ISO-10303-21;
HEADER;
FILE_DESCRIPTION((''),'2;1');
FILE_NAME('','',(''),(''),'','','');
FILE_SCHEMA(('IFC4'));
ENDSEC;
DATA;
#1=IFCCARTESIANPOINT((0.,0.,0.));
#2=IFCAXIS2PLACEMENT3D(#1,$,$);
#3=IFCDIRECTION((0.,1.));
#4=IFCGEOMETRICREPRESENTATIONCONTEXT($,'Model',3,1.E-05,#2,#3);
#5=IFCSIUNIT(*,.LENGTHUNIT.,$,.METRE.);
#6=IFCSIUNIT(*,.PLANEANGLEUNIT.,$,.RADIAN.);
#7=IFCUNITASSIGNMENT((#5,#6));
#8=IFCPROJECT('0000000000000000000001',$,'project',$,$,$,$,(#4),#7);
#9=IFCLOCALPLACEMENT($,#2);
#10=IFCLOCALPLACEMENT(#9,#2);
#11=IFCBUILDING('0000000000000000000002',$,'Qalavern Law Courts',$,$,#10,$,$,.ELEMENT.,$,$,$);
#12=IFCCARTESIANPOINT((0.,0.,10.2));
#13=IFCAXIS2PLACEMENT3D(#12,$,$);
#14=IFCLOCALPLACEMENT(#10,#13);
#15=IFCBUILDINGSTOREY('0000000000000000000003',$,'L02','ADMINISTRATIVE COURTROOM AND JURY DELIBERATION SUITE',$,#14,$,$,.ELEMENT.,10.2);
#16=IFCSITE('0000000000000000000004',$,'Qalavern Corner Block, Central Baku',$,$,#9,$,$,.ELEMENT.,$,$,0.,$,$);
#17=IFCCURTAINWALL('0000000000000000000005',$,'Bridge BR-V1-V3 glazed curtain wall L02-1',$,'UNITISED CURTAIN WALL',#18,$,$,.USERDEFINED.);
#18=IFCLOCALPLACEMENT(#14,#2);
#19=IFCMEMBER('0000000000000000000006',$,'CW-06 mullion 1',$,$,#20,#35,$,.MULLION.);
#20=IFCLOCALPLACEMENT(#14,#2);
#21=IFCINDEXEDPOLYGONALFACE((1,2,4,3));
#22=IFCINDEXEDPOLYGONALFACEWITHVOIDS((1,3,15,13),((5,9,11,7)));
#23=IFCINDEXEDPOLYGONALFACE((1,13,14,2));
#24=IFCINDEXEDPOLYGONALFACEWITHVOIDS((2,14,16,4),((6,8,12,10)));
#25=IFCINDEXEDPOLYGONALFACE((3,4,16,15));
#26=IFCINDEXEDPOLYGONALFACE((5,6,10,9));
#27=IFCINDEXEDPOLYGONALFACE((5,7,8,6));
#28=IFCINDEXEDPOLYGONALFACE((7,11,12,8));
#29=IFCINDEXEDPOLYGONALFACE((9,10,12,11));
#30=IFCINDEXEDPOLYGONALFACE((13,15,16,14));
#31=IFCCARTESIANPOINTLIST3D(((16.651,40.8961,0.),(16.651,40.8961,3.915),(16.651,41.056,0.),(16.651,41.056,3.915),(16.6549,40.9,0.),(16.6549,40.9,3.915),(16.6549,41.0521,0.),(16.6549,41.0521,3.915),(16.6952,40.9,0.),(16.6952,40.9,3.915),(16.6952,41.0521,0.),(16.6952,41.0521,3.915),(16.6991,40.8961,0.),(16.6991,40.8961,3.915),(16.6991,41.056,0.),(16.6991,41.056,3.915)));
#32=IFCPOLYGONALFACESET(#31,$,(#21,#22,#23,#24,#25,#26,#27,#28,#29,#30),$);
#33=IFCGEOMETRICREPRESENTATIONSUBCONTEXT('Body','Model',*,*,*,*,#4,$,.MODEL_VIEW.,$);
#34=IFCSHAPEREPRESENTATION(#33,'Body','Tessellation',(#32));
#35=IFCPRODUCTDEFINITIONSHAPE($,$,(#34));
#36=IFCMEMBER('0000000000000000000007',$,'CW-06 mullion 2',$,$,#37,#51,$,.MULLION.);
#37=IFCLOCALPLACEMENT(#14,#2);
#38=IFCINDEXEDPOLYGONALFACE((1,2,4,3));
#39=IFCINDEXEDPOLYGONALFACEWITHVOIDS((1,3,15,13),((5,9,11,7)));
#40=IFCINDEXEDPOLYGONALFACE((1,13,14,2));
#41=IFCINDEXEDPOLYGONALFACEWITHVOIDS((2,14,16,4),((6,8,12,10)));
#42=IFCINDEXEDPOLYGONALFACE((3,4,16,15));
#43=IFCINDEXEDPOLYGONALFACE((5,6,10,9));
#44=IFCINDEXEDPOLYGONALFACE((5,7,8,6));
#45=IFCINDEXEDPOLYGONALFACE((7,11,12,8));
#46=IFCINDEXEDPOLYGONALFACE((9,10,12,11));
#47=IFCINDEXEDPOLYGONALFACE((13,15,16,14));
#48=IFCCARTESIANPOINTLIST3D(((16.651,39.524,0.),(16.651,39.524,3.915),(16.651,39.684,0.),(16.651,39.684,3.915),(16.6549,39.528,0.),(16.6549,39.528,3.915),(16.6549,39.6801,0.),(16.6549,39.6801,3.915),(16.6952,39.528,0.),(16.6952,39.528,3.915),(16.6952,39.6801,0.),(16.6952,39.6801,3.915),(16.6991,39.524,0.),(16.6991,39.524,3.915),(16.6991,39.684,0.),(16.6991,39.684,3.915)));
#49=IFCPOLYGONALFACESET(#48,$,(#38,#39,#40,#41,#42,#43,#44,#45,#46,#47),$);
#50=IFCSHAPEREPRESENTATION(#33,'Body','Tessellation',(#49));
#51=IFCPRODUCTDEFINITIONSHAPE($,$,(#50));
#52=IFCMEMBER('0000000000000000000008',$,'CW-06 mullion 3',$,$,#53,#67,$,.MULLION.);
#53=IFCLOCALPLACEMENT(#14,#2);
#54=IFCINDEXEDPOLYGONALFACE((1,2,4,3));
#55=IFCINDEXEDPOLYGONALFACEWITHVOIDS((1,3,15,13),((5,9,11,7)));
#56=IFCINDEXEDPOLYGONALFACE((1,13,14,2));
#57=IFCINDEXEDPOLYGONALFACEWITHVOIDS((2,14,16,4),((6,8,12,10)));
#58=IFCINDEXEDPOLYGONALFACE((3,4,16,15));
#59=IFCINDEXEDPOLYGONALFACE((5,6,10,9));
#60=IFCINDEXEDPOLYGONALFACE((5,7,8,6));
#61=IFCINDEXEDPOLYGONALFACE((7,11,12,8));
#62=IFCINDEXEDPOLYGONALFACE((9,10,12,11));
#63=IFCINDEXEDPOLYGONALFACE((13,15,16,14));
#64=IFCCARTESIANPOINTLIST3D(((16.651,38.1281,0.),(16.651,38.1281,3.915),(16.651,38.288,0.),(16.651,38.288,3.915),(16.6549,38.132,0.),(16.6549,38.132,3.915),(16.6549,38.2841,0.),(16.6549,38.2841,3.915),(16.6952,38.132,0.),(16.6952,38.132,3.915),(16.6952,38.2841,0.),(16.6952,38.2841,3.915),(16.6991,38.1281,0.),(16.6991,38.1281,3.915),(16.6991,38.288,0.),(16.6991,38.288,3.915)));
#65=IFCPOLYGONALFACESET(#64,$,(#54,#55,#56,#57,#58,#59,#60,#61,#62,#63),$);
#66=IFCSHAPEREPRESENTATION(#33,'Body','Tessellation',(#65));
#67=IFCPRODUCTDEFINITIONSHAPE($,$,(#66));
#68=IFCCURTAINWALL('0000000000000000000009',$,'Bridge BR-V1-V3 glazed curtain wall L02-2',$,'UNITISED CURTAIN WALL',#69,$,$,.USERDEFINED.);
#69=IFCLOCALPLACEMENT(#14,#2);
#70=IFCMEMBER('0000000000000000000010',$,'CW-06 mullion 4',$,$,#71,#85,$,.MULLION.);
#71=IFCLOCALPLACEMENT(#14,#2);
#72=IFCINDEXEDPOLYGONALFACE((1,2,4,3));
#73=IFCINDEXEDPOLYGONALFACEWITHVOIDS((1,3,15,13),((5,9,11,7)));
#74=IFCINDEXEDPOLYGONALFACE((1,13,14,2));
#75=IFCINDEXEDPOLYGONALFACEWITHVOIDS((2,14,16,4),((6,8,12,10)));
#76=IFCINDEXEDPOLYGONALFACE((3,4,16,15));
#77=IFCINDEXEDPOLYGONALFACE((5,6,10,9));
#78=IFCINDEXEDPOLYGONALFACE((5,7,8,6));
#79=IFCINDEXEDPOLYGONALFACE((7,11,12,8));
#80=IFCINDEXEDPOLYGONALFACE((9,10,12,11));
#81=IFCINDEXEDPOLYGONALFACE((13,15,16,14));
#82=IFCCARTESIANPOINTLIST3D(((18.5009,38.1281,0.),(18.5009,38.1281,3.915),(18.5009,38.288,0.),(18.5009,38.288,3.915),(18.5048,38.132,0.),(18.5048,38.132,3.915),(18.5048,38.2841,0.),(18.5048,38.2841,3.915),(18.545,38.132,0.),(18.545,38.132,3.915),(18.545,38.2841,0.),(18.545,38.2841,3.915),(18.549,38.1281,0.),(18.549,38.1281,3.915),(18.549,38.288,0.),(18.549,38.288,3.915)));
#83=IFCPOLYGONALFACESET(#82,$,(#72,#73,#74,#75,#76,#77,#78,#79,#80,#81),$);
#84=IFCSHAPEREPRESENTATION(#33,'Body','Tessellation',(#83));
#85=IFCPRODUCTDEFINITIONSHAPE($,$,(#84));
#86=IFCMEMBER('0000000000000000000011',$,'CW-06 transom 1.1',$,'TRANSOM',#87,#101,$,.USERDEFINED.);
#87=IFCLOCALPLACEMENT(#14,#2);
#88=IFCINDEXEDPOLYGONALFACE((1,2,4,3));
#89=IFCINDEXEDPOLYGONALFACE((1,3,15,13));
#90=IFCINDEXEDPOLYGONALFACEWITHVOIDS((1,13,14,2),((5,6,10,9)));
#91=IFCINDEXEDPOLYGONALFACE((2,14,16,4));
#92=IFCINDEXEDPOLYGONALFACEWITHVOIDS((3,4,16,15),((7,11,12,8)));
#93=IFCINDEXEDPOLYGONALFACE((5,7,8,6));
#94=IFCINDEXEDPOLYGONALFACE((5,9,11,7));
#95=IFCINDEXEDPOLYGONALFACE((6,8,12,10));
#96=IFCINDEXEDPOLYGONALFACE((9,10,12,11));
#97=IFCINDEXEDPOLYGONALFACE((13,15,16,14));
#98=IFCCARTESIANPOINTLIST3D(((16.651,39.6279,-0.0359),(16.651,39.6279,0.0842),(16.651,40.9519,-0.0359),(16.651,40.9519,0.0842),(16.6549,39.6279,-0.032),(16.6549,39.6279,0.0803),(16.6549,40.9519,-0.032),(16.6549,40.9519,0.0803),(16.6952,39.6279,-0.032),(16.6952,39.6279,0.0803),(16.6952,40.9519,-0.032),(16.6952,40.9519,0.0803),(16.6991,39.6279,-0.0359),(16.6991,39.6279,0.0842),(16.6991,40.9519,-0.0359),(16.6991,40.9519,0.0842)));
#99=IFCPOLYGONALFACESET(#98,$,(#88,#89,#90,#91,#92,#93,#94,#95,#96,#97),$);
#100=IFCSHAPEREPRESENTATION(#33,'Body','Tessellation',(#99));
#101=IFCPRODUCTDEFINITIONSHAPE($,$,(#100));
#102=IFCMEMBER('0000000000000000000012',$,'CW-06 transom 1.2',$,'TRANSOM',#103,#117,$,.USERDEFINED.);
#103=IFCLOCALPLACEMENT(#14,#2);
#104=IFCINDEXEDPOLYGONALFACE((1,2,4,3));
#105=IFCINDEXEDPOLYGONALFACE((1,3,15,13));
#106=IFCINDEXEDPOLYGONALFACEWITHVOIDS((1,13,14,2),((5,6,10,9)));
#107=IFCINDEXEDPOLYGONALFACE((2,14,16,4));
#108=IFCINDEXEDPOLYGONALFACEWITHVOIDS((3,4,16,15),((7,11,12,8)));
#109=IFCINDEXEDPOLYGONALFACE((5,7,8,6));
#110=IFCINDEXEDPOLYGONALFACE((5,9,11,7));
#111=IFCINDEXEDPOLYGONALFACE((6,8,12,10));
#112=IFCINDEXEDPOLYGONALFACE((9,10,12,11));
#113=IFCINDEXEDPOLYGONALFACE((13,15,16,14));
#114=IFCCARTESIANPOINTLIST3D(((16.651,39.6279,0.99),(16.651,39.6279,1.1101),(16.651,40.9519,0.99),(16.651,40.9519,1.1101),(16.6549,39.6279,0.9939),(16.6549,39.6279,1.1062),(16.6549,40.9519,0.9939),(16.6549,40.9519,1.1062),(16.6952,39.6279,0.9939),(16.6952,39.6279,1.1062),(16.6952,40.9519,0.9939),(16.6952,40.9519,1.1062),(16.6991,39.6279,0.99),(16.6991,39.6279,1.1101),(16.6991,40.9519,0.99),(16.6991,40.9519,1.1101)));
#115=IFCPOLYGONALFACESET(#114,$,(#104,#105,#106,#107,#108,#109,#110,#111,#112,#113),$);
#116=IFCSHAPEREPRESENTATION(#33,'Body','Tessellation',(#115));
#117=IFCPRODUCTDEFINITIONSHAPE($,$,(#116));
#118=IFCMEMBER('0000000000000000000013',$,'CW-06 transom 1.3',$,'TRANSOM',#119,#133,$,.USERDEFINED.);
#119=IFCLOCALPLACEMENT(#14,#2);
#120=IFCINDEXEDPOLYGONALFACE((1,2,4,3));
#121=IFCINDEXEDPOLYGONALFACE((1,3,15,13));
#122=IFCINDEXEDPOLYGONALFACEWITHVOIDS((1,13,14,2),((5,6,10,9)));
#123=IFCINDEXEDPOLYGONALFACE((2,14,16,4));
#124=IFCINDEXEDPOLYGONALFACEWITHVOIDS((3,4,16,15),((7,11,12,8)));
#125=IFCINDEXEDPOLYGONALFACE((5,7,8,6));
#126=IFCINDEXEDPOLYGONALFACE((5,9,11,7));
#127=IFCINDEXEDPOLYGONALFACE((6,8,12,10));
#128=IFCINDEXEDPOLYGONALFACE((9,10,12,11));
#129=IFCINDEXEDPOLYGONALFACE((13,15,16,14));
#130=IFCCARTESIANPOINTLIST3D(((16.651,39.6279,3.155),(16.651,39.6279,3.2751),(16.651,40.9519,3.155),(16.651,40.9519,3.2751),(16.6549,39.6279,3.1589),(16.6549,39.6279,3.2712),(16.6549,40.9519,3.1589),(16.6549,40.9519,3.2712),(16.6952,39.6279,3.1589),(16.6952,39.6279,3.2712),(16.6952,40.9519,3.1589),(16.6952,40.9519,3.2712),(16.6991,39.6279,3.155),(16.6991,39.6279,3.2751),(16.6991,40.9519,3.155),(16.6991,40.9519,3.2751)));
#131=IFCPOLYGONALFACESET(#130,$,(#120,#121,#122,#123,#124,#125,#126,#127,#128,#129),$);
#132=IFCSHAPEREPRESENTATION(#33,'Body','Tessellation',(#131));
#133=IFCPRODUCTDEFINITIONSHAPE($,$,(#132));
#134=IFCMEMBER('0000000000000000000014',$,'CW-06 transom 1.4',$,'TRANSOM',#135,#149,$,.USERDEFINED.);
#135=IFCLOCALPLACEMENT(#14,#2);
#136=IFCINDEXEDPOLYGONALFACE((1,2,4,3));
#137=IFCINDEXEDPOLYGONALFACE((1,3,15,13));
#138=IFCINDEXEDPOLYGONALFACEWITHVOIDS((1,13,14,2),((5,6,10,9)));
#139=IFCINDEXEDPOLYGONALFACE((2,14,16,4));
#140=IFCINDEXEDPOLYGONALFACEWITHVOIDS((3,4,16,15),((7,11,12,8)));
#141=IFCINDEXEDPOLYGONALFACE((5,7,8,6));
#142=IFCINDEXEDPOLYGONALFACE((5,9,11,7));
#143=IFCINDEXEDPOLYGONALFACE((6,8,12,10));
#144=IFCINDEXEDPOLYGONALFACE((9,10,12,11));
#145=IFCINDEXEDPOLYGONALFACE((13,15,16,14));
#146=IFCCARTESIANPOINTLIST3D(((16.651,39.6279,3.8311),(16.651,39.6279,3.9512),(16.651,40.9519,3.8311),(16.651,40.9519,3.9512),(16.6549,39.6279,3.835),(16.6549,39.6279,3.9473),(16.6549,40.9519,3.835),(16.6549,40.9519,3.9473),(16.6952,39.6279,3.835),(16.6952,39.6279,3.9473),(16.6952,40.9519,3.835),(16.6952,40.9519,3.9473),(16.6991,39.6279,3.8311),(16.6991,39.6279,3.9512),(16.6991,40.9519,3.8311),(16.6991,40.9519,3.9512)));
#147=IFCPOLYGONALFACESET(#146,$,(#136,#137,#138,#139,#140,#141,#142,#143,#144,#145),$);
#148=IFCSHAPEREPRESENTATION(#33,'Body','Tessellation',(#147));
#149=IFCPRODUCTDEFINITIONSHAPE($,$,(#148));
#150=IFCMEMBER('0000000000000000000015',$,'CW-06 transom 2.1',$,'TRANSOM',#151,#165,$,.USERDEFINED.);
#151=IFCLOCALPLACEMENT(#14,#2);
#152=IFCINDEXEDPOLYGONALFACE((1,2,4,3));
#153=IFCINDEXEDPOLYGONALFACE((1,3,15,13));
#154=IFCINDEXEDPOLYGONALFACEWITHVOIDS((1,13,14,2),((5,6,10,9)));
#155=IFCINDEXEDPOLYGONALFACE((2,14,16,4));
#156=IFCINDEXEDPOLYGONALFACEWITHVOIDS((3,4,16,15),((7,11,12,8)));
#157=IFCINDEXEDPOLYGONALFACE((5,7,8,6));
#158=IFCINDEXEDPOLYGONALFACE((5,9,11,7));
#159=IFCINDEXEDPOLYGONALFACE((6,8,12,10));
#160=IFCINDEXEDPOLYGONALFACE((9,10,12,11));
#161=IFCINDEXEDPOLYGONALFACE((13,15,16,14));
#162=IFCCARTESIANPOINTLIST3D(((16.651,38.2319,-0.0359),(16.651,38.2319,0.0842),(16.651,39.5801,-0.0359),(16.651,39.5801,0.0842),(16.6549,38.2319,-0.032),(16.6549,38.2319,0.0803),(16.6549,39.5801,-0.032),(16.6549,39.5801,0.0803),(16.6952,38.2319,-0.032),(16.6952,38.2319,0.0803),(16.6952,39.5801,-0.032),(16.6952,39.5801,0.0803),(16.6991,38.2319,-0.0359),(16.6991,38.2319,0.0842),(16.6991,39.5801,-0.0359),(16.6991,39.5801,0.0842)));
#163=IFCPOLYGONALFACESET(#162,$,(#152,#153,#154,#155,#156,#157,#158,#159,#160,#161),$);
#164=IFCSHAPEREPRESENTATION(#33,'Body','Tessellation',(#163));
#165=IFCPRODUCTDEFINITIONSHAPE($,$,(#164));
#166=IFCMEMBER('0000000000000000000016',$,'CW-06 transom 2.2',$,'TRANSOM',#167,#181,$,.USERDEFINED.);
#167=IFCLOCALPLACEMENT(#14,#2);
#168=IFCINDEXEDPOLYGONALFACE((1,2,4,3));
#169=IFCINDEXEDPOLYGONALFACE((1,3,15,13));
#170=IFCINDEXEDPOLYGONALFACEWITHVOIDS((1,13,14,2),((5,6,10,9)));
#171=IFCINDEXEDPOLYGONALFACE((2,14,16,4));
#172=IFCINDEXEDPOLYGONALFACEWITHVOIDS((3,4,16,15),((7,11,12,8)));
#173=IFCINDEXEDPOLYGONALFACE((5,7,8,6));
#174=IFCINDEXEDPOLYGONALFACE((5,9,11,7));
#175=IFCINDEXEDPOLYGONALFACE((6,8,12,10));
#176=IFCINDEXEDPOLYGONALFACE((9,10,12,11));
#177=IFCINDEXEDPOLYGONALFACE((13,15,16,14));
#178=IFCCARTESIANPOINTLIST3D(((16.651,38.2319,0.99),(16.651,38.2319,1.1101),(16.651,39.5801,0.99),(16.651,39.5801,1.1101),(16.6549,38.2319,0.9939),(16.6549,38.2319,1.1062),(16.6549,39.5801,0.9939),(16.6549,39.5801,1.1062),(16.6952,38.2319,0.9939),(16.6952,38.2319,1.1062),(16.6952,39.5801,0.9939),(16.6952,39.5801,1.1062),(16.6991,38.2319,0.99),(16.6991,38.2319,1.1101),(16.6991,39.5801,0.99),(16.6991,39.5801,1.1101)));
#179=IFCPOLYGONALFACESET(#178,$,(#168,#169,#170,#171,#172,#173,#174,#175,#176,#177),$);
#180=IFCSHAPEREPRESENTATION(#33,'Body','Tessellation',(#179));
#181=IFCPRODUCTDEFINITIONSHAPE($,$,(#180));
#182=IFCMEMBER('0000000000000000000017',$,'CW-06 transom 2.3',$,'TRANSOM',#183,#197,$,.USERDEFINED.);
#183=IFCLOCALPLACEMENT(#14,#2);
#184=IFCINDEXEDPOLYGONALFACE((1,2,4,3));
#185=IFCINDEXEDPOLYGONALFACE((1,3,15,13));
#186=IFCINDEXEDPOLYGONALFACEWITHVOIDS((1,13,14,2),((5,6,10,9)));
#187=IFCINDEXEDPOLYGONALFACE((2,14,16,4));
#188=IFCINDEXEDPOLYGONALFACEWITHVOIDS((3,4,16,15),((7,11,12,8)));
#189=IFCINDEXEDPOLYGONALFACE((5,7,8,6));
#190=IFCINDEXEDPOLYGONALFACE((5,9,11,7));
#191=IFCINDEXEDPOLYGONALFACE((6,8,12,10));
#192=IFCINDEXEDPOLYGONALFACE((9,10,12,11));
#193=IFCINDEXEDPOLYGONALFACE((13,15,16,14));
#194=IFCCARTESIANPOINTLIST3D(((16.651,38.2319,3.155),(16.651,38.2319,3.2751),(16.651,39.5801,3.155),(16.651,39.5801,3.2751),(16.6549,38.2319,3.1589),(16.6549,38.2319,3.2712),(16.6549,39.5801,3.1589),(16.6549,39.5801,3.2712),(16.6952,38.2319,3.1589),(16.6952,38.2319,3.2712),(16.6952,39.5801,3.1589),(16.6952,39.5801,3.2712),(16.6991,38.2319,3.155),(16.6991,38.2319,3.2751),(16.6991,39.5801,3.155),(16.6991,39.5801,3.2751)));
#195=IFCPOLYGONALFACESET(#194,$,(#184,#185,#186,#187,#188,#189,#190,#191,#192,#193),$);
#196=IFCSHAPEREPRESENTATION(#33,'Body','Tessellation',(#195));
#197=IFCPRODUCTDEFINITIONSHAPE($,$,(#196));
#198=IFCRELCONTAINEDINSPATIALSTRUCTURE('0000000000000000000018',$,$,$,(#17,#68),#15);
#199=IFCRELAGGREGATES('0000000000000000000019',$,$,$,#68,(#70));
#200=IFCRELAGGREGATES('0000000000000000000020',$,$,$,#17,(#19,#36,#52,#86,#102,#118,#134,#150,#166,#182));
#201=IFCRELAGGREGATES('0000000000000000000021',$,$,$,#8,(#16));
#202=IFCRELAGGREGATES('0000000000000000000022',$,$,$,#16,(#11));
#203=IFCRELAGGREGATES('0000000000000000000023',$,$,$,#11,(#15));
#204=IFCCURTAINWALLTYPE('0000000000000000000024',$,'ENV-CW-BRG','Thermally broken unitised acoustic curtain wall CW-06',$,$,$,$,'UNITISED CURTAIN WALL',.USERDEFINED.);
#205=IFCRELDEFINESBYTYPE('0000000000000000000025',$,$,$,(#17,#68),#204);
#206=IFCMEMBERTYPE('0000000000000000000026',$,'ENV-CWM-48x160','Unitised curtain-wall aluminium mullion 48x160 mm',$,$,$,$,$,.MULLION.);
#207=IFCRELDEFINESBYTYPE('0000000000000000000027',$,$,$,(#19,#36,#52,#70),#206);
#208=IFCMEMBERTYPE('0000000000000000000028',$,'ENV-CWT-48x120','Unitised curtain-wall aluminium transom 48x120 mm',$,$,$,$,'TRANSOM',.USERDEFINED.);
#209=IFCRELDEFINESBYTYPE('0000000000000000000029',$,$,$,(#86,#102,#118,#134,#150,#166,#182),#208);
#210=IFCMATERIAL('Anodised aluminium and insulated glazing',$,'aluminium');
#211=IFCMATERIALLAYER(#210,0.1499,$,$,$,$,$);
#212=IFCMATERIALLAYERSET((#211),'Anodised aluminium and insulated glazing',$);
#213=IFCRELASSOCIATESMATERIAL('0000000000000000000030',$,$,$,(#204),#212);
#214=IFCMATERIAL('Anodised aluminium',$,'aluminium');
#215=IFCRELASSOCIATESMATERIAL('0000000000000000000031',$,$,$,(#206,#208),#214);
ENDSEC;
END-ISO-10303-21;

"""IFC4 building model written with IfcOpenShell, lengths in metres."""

from ifc_helpers import new_model, si_unit, direction, frame, origin, origin_2d, place, context, subcontext, project, spatial, hollow_rectangle, extrude, material, layer, layer_set, material_profile, profile_set, type_object, element, aggregate, save


model = new_model("IFC4")

# Units and contexts
model_context = context("Model", 3, precision=1e-05, world=origin(), true_north=direction((0.0, 1.0)))
body_context = subcontext(model_context, "Body", "Model", "MODEL_VIEW")
ifc_project = project(units=[si_unit("LENGTHUNIT", "METRE"), si_unit("PLANEANGLEUNIT", "RADIAN")], contexts=[model_context])

# Site, building, storey
site_placement = place(None, origin())
site = spatial("IfcSite", under=ifc_project, at=site_placement, Name="Qalavern Corner Block, Central Baku", CompositionType="ELEMENT", RefElevation=0.0)
building_placement = place(site_placement, origin())
building = spatial("IfcBuilding", under=site, at=building_placement, Name="Qalavern Law Courts", CompositionType="ELEMENT")
storey_placement = place(building_placement, frame((0.0, 0.0, 10.2)))
storey = spatial("IfcBuildingStorey", under=building, at=storey_placement, Name="L02", Description="ADMINISTRATIVE COURTROOM AND JURY DELIBERATION SUITE", CompositionType="ELEMENT", Elevation=10.2)

# Curtain wall, members
ifc_material_1 = material(Name="Anodised aluminium and insulated glazing", Category="aluminium")
ifc_layer_1 = layer(ifc_material_1, 0.1499)
ifc_layer_set_1 = layer_set([ifc_layer_1], Name="Anodised aluminium and insulated glazing")
curtain_wall_type = type_object("IfcCurtainWallType", Name="ENV-CW-BRG", Description="Thermally broken unitised acoustic curtain wall CW-06", ElementType="UNITISED CURTAIN WALL", PredefinedType="USERDEFINED", material=ifc_layer_set_1)
curtain_wall_1_placement = place(storey_placement, origin())
curtain_wall_1 = element("IfcCurtainWall", 1, at=curtain_wall_1_placement, inside=storey, type_object=curtain_wall_type, Name="Bridge BR-V1-V3 glazed curtain wall L02-1", ObjectType="UNITISED CURTAIN WALL", PredefinedType="USERDEFINED")
ifc_material_2 = material(Name="Anodised aluminium", Category="aluminium")
ifc_material_profile_1 = material_profile(ifc_material_2, hollow_rectangle(XDim=0.0481, YDim=0.1599, WallThickness=0.0039, at=origin_2d()), Name="ALU MULLION 48x160")
ifc_profile_set_1 = profile_set([ifc_material_profile_1], Name="Anodised aluminium")
member_type_1 = type_object("IfcMemberType", Name="ENV-CWM-48x160", Description="Unitised curtain-wall aluminium mullion 48x160 mm", PredefinedType="MULLION", material=ifc_profile_set_1)
member_1_placement = place(storey_placement, frame((16.675, 40.9761, 0.0), z_axis=(0.0, 0.0, 1.0), x_axis=(1.0, 0.0, 0.0)))
member_1 = element("IfcMember", 2, at=member_1_placement, type_object=member_type_1, Name="CW-06 mullion 1", PredefinedType="MULLION", context=body_context, shape_type="SweptSolid", body=[
    extrude(hollow_rectangle(XDim=0.0481, YDim=0.1599, WallThickness=0.0039, at=origin_2d()), origin(), (0.0, 0.0, 1.0), 3.915),
])
member_2_placement = place(storey_placement, frame((16.675, 39.604, 0.0), z_axis=(0.0, 0.0, 1.0), x_axis=(1.0, 0.0, 0.0)))
member_2 = element("IfcMember", 3, at=member_2_placement, type_object=member_type_1, Name="CW-06 mullion 2", PredefinedType="MULLION", context=body_context, shape_type="SweptSolid", body=[
    extrude(hollow_rectangle(XDim=0.0481, YDim=0.1599, WallThickness=0.0039, at=origin_2d()), origin(), (0.0, 0.0, 1.0), 3.915),
])
member_3_placement = place(storey_placement, frame((16.675, 38.208, 0.0), z_axis=(0.0, 0.0, 1.0), x_axis=(1.0, 0.0, 0.0)))
member_3 = element("IfcMember", 4, at=member_3_placement, type_object=member_type_1, Name="CW-06 mullion 3", PredefinedType="MULLION", context=body_context, shape_type="SweptSolid", body=[
    extrude(hollow_rectangle(XDim=0.0481, YDim=0.1599, WallThickness=0.0039, at=origin_2d()), origin(), (0.0, 0.0, 1.0), 3.915),
])

# Curtain wall, member
curtain_wall_2_placement = place(storey_placement, origin())
curtain_wall_2 = element("IfcCurtainWall", 5, at=curtain_wall_2_placement, inside=storey, type_object=curtain_wall_type, Name="Bridge BR-V1-V3 glazed curtain wall L02-2", ObjectType="UNITISED CURTAIN WALL", PredefinedType="USERDEFINED")
member_4_placement = place(storey_placement, frame((18.5249, 38.208, 0.0), z_axis=(0.0, 0.0, 1.0), x_axis=(-1.0, 0.0, 0.0)))
member_4 = element("IfcMember", 6, at=member_4_placement, type_object=member_type_1, Name="CW-06 mullion 4", PredefinedType="MULLION", context=body_context, shape_type="SweptSolid", body=[
    extrude(hollow_rectangle(XDim=0.0481, YDim=0.1599, WallThickness=0.0039, at=origin_2d()), origin(), (0.0, 0.0, 1.0), 3.915),
])

# Members
ifc_material_profile_2 = material_profile(ifc_material_2, hollow_rectangle(XDim=0.0481, YDim=0.1201, WallThickness=0.0039, at=origin_2d()), Name="ALU TRANSOM 48x120")
ifc_profile_set_2 = profile_set([ifc_material_profile_2], Name="Anodised aluminium")
member_type_2 = type_object("IfcMemberType", Name="ENV-CWT-48x120", Description="Unitised curtain-wall aluminium transom 48x120 mm", ElementType="TRANSOM", PredefinedType="USERDEFINED", material=ifc_profile_set_2)
member_5_placement = place(storey_placement, frame((16.675, 40.9519, 0.0242), z_axis=(0.0, -1.0, 0.0), x_axis=(1.0, 0.0, 0.0)))
member_5 = element("IfcMember", 7, at=member_5_placement, type_object=member_type_2, Name="CW-06 transom 1.1", ObjectType="TRANSOM", PredefinedType="USERDEFINED", context=body_context, shape_type="SweptSolid", body=[
    extrude(hollow_rectangle(XDim=0.0481, YDim=0.1201, WallThickness=0.0039, at=origin_2d()), origin(), (0.0, 0.0, 1.0), 1.324),
])
member_6_placement = place(storey_placement, frame((16.675, 40.9519, 1.05), z_axis=(0.0, -1.0, 0.0), x_axis=(1.0, 0.0, 0.0)))
member_6 = element("IfcMember", 8, at=member_6_placement, type_object=member_type_2, Name="CW-06 transom 1.2", ObjectType="TRANSOM", PredefinedType="USERDEFINED", context=body_context, shape_type="SweptSolid", body=[
    extrude(hollow_rectangle(XDim=0.0481, YDim=0.1201, WallThickness=0.0039, at=origin_2d()), origin(), (0.0, 0.0, 1.0), 1.324),
])
member_7_placement = place(storey_placement, frame((16.675, 40.9519, 3.2151), z_axis=(0.0, -1.0, 0.0), x_axis=(1.0, 0.0, 0.0)))
member_7 = element("IfcMember", 9, at=member_7_placement, type_object=member_type_2, Name="CW-06 transom 1.3", ObjectType="TRANSOM", PredefinedType="USERDEFINED", context=body_context, shape_type="SweptSolid", body=[
    extrude(hollow_rectangle(XDim=0.0481, YDim=0.1201, WallThickness=0.0039, at=origin_2d()), origin(), (0.0, 0.0, 1.0), 1.324),
])
member_8_placement = place(storey_placement, frame((16.675, 40.9519, 3.8911), z_axis=(0.0, -1.0, 0.0), x_axis=(1.0, 0.0, 0.0)))
member_8 = element("IfcMember", 10, at=member_8_placement, type_object=member_type_2, Name="CW-06 transom 1.4", ObjectType="TRANSOM", PredefinedType="USERDEFINED", context=body_context, shape_type="SweptSolid", body=[
    extrude(hollow_rectangle(XDim=0.0481, YDim=0.1201, WallThickness=0.0039, at=origin_2d()), origin(), (0.0, 0.0, 1.0), 1.324),
])
member_9_placement = place(storey_placement, frame((16.675, 39.5801, 0.0242), z_axis=(0.0, -1.0, 0.0), x_axis=(1.0, 0.0, 0.0)))
member_9 = element("IfcMember", 11, at=member_9_placement, type_object=member_type_2, Name="CW-06 transom 2.1", ObjectType="TRANSOM", PredefinedType="USERDEFINED", context=body_context, shape_type="SweptSolid", body=[
    extrude(hollow_rectangle(XDim=0.0481, YDim=0.1201, WallThickness=0.0039, at=origin_2d()), origin(), (0.0, 0.0, 1.0), 1.3481),
])
member_10_placement = place(storey_placement, frame((16.675, 39.5801, 1.05), z_axis=(0.0, -1.0, 0.0), x_axis=(1.0, 0.0, 0.0)))
member_10 = element("IfcMember", 12, at=member_10_placement, type_object=member_type_2, Name="CW-06 transom 2.2", ObjectType="TRANSOM", PredefinedType="USERDEFINED", context=body_context, shape_type="SweptSolid", body=[
    extrude(hollow_rectangle(XDim=0.0481, YDim=0.1201, WallThickness=0.0039, at=origin_2d()), origin(), (0.0, 0.0, 1.0), 1.3481),
])
member_11_placement = place(storey_placement, frame((16.675, 39.5801, 3.2151), z_axis=(0.0, -1.0, 0.0), x_axis=(1.0, 0.0, 0.0)))
member_11 = element("IfcMember", 13, at=member_11_placement, type_object=member_type_2, Name="CW-06 transom 2.3", ObjectType="TRANSOM", PredefinedType="USERDEFINED", context=body_context, shape_type="SweptSolid", body=[
    extrude(hollow_rectangle(XDim=0.0481, YDim=0.1201, WallThickness=0.0039, at=origin_2d()), origin(), (0.0, 0.0, 1.0), 1.3481),
])
aggregate(curtain_wall_2, [member_4])

aggregate(curtain_wall_1, [member_1, member_2, member_3, member_5, member_6, member_7, member_8, member_9, member_10, member_11])

save(model, "model.ifc")
